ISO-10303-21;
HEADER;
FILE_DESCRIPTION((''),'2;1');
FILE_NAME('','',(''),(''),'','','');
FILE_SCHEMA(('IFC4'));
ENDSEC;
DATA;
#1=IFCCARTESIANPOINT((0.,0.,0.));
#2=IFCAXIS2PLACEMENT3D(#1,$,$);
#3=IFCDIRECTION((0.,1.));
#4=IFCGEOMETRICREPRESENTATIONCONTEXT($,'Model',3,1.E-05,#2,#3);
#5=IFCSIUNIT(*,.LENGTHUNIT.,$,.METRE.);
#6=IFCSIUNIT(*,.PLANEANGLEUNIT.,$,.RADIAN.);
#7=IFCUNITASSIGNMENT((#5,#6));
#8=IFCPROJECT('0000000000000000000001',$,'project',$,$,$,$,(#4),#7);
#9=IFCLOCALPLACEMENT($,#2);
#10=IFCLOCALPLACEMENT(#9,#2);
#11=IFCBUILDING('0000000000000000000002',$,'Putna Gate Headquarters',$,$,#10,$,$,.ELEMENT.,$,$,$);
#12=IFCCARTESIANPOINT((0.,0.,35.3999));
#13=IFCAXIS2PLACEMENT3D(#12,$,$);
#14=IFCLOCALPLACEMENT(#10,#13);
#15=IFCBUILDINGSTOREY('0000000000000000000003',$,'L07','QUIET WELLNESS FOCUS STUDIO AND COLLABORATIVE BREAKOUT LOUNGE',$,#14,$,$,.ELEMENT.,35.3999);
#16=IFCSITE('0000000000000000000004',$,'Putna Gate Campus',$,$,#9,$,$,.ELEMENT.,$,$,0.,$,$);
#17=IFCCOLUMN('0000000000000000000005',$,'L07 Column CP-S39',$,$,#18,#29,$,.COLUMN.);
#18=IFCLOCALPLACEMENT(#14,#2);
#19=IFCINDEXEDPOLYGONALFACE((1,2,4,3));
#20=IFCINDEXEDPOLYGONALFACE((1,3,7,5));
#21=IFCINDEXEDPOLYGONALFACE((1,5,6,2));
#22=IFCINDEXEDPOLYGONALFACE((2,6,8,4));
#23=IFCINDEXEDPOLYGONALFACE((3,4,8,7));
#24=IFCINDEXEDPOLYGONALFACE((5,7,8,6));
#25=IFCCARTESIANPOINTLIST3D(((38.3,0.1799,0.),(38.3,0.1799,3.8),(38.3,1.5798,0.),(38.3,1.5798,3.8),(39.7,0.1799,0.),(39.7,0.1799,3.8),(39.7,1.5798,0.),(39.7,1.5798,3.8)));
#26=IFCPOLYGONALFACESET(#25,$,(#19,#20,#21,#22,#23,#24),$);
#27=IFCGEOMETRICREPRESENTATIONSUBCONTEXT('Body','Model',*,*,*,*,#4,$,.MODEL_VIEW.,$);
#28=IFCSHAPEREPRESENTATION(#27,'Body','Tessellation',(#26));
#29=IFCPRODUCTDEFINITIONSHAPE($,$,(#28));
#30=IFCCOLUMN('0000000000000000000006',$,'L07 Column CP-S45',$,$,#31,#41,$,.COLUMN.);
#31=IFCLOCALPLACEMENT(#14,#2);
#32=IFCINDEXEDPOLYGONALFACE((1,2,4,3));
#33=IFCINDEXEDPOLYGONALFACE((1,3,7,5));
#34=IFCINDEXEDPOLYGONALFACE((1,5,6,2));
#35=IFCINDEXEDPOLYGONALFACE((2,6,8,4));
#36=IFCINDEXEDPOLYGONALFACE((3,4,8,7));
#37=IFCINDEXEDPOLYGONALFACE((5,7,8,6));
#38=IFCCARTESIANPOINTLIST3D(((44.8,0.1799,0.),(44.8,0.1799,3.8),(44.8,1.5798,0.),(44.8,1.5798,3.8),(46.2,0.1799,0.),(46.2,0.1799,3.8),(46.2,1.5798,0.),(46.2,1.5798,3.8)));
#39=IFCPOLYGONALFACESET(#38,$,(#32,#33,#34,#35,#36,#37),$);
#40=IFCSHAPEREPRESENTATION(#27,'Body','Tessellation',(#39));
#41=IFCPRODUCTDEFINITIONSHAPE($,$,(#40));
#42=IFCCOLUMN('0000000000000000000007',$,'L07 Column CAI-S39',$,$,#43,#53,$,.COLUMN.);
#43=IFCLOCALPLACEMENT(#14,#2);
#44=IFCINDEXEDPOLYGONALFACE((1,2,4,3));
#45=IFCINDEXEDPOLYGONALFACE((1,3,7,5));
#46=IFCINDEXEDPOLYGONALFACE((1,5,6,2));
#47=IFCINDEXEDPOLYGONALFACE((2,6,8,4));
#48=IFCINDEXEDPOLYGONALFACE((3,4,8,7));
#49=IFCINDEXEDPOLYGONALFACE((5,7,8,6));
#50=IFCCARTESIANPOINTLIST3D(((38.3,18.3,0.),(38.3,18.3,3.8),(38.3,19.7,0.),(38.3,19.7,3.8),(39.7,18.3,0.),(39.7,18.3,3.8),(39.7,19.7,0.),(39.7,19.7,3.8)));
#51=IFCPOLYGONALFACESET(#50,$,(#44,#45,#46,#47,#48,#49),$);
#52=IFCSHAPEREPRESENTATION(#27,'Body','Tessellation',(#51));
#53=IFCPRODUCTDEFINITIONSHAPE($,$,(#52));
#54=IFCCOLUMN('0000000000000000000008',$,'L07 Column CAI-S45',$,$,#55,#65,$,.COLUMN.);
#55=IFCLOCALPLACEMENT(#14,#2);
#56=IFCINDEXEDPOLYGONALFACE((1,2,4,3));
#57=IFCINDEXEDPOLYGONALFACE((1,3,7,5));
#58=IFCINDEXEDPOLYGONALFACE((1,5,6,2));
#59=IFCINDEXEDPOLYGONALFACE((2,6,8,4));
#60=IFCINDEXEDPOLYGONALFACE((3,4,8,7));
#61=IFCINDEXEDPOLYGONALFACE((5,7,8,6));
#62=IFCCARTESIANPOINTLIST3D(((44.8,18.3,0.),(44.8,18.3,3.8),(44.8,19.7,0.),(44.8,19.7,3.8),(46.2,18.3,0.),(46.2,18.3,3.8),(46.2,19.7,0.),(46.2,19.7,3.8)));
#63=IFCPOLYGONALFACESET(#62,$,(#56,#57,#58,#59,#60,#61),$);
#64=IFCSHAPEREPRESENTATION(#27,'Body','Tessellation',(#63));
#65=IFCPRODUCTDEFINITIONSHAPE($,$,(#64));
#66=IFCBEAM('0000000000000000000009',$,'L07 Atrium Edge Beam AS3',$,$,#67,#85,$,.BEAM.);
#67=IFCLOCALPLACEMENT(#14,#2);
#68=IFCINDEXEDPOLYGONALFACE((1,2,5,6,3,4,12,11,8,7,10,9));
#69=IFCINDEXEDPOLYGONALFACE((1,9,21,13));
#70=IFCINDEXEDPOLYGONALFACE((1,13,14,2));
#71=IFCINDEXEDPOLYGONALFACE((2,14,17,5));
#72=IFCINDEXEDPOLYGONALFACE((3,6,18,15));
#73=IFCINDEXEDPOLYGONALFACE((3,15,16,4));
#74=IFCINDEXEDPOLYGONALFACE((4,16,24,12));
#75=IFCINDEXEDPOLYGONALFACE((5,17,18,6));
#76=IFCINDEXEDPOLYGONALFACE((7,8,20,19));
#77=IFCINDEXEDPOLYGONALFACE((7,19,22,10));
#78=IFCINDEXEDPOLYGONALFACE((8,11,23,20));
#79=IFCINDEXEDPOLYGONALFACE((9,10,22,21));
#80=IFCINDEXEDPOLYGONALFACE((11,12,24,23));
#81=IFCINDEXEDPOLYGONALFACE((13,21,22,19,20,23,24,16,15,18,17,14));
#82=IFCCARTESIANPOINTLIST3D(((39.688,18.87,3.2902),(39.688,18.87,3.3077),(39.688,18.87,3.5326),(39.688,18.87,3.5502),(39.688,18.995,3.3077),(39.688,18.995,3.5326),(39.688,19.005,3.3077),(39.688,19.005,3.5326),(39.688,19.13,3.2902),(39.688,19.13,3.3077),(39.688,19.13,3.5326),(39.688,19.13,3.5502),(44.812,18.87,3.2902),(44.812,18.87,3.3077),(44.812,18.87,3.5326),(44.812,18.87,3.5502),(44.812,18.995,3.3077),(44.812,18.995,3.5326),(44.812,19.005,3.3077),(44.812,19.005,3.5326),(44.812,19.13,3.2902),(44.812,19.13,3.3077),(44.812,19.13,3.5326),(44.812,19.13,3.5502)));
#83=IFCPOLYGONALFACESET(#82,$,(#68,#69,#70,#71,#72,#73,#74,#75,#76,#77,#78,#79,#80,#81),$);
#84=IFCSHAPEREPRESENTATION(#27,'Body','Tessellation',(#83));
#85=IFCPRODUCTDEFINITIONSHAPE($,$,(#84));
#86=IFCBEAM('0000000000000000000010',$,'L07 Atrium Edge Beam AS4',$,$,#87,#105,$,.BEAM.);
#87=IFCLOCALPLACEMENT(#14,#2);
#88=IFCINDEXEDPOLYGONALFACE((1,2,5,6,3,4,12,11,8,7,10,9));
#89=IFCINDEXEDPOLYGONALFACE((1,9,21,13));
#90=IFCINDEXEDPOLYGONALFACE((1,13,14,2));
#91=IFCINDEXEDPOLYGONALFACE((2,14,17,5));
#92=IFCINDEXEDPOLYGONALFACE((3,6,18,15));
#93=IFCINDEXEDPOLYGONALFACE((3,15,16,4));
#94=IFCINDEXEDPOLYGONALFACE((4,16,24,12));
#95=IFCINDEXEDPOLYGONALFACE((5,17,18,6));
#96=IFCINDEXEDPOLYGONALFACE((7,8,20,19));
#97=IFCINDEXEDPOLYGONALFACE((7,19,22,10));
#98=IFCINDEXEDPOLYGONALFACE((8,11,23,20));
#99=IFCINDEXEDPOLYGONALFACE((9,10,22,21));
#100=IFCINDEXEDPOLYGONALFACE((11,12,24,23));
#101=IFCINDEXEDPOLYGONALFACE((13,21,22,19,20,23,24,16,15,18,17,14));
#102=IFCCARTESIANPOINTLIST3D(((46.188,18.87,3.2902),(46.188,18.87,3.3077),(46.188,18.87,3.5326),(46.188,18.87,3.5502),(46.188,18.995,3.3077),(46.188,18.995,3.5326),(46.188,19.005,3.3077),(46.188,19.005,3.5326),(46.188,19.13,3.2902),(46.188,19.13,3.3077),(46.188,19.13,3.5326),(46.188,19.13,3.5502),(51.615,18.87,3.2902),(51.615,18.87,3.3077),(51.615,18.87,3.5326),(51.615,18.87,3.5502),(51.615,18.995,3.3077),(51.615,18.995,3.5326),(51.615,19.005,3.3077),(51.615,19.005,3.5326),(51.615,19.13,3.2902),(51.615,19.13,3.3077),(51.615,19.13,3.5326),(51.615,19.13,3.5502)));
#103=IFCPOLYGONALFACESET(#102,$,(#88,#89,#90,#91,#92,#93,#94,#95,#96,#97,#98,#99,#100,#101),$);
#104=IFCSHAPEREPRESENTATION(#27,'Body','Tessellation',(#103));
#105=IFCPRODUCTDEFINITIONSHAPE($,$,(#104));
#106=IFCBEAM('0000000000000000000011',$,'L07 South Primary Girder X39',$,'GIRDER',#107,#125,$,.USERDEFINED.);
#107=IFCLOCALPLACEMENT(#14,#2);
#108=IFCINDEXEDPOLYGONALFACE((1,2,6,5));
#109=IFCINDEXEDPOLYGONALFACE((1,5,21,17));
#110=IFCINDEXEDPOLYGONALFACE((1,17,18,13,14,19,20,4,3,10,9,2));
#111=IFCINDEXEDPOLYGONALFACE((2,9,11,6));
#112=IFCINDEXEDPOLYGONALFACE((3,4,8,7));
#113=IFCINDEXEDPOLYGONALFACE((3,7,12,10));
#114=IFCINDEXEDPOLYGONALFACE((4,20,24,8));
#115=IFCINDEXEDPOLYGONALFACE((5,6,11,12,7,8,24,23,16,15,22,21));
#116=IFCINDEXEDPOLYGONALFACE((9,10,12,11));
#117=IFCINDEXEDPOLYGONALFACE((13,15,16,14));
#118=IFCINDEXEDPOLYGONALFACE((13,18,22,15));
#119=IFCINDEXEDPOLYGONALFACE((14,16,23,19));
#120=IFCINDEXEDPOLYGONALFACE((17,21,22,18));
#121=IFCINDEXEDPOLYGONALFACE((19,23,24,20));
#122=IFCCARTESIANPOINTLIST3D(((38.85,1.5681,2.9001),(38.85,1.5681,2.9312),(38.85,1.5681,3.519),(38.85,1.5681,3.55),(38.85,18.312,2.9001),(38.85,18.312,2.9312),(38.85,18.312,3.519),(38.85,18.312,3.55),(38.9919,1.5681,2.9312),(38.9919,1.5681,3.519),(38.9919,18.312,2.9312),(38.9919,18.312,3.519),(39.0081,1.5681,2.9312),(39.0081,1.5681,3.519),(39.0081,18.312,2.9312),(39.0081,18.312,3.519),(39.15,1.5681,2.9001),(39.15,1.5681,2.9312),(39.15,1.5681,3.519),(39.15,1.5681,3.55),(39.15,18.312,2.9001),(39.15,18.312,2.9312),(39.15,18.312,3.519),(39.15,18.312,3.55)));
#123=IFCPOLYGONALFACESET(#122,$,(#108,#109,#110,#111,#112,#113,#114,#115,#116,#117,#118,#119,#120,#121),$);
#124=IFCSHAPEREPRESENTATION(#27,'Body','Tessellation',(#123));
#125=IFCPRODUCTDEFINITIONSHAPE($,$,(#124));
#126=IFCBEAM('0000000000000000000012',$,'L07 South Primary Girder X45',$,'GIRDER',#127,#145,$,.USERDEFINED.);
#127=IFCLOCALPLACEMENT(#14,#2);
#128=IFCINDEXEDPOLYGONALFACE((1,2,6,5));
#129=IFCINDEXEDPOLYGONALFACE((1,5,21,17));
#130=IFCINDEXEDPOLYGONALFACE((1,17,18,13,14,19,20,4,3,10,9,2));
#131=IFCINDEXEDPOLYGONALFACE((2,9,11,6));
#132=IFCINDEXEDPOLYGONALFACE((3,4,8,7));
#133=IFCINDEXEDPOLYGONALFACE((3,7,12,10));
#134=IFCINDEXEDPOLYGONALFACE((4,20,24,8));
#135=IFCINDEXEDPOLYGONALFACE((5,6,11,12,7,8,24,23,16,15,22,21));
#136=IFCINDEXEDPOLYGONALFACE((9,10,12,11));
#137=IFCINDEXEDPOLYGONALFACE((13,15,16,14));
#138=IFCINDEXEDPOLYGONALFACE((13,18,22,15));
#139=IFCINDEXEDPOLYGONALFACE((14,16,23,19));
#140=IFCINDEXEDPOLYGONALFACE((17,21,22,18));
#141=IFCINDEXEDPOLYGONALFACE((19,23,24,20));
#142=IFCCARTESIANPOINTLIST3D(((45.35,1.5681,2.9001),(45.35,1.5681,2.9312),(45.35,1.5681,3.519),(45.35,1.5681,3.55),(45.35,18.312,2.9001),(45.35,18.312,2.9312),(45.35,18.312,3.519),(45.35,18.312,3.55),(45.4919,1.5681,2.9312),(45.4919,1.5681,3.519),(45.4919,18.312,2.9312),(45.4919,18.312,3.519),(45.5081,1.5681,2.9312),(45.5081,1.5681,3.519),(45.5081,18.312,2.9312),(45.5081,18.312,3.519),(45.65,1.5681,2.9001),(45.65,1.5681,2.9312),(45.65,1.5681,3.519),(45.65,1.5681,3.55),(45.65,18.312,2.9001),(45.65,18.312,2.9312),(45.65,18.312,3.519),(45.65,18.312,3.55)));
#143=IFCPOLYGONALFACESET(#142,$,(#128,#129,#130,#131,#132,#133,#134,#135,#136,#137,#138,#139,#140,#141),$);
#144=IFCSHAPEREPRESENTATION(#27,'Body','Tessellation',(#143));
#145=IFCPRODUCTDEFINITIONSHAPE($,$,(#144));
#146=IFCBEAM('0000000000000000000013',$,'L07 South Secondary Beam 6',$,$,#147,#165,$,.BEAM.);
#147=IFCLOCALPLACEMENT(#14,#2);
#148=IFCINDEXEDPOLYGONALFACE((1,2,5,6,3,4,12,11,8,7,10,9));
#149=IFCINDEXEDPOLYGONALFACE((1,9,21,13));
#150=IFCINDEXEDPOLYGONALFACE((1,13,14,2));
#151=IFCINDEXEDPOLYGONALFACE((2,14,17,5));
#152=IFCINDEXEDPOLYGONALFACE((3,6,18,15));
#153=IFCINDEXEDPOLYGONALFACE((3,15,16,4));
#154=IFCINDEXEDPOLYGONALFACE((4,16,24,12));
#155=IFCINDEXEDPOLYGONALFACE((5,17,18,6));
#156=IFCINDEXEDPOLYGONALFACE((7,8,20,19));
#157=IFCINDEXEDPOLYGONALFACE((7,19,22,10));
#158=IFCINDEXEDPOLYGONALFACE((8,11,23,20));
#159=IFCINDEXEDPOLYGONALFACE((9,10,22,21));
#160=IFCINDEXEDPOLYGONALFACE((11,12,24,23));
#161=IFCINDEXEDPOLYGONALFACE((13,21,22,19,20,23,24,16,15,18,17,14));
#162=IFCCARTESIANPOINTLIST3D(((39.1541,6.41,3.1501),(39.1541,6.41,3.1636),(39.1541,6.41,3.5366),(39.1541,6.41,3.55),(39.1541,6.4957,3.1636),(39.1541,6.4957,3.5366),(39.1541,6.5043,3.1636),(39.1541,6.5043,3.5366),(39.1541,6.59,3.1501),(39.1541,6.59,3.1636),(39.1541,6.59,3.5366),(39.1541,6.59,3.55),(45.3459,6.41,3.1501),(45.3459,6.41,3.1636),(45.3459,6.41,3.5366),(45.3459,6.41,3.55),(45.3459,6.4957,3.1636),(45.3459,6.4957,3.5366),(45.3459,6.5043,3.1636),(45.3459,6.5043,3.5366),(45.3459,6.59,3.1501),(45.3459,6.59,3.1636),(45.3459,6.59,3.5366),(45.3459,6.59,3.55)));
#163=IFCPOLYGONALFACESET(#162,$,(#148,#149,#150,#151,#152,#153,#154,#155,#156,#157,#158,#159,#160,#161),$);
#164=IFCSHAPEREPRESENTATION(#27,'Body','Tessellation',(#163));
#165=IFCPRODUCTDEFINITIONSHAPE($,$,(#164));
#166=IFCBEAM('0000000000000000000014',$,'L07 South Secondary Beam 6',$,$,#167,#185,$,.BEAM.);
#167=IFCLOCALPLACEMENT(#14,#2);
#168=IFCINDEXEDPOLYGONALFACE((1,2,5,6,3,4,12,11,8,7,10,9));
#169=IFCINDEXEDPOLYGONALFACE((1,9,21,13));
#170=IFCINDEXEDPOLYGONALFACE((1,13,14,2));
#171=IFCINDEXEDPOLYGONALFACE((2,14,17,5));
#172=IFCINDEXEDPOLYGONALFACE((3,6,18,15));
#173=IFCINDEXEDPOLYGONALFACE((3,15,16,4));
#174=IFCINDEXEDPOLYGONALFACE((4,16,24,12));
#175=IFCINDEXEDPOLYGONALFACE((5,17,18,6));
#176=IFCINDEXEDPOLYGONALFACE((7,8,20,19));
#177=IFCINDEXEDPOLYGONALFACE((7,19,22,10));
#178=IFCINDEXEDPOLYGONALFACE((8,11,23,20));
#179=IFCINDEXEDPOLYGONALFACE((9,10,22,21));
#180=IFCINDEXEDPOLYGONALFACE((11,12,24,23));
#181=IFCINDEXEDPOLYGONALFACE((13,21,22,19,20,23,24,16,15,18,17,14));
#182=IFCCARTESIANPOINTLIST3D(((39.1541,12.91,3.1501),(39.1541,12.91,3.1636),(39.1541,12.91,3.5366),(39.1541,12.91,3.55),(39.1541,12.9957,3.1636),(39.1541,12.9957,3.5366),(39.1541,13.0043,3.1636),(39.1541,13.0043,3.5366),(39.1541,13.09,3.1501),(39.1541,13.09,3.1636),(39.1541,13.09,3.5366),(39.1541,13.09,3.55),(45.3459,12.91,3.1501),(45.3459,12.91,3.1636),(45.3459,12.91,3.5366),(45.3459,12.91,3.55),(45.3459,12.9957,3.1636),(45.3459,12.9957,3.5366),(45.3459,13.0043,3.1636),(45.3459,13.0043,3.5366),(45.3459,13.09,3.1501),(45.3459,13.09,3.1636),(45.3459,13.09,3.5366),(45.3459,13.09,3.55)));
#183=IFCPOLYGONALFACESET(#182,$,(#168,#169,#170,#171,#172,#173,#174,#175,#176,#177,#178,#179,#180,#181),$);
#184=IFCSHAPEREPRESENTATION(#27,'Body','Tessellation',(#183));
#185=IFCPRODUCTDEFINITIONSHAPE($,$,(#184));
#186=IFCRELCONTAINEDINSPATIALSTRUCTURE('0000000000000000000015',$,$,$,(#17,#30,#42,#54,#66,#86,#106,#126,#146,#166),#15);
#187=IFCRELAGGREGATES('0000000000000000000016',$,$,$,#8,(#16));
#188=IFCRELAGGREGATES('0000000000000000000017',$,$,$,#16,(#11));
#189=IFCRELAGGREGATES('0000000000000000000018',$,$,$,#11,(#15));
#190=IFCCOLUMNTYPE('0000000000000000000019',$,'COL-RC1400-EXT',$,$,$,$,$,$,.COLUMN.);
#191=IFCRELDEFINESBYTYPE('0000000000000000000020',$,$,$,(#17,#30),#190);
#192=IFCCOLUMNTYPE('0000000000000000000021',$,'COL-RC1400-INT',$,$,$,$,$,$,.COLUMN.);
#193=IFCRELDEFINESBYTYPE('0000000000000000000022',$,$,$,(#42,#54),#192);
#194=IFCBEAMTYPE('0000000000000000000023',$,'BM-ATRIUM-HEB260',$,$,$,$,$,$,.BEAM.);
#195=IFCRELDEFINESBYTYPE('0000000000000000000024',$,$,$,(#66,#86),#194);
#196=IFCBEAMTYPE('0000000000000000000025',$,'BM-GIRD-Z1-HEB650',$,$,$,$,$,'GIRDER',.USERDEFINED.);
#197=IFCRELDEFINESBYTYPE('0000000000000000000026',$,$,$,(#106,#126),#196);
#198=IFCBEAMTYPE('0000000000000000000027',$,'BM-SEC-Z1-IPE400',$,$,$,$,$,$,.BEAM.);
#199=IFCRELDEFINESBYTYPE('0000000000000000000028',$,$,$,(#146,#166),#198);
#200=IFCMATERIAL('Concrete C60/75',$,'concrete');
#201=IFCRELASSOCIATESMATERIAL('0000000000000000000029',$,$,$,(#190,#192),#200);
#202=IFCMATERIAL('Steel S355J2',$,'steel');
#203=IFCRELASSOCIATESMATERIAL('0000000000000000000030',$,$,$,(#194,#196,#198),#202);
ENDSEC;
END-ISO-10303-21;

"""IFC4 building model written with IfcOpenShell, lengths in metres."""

from ifc_helpers import new_model, si_unit, direction, frame, origin, origin_2d, place, context, subcontext, project, spatial, rectangle, i_section, extrude, material, material_profile, profile_set, type_object, element, save


model = new_model("IFC4")

# Units and contexts
model_context = context("Model", 3, precision=1e-05, world=origin(), true_north=direction((0.0, 1.0)))
body_context = subcontext(model_context, "Body", "Model", "MODEL_VIEW")
ifc_project = project(units=[si_unit("LENGTHUNIT", "METRE"), si_unit("PLANEANGLEUNIT", "RADIAN")], contexts=[model_context])

# Site, building, storey
site_placement = place(None, origin())
site = spatial("IfcSite", under=ifc_project, at=site_placement, Name="Putna Gate Campus", CompositionType="ELEMENT", RefElevation=0.0)
building_placement = place(site_placement, origin())
building = spatial("IfcBuilding", under=site, at=building_placement, Name="Putna Gate Headquarters", CompositionType="ELEMENT")
storey_placement = place(building_placement, frame((0.0, 0.0, 35.3999)))
storey = spatial("IfcBuildingStorey", under=building, at=storey_placement, Name="L07", Description="QUIET WELLNESS FOCUS STUDIO AND COLLABORATIVE BREAKOUT LOUNGE", CompositionType="ELEMENT", Elevation=35.3999)

# Columns
ifc_material_1 = material(Name="Concrete C60/75", Category="concrete")
ifc_material_profile_1 = material_profile(ifc_material_1, rectangle(XDim=1.3999, YDim=1.3999, at=origin_2d()), Name="Concrete C60/75")
ifc_profile_set_1 = profile_set([ifc_material_profile_1], Name="Concrete C60/75")
column_type_1 = type_object("IfcColumnType", Name="COL-RC1400-EXT", PredefinedType="COLUMN", material=ifc_profile_set_1)
for number, where, z_axis, x_axis, name in (
    (1, (39.0, 0.8799, 0.0), (0.0, 0.0, 1.0), (1.0, 0.0, 0.0), "L07 Column CP-S39"),
    (2, (45.5, 0.8799, 0.0), (0.0, 0.0, 1.0), (1.0, 0.0, 0.0), "L07 Column CP-S45"),
):
    element("IfcColumn", number, at=place(storey_placement, frame(where, z_axis=z_axis, x_axis=x_axis)), inside=storey, type_object=column_type_1, Name=name, PredefinedType="COLUMN", context=body_context, shape_type="SweptSolid", body=[
        extrude(rectangle(XDim=1.3999, YDim=1.3999, at=origin_2d()), origin(), (0.0, 0.0, 1.0), 3.8),
    ])
ifc_material_profile_2 = material_profile(ifc_material_1, rectangle(XDim=1.3999, YDim=1.3999, at=origin_2d()), Name="Concrete C60/75")
ifc_profile_set_2 = profile_set([ifc_material_profile_2], Name="Concrete C60/75")
column_type_2 = type_object("IfcColumnType", Name="COL-RC1400-INT", PredefinedType="COLUMN", material=ifc_profile_set_2)
for number, where, z_axis, x_axis, name in (
    (3, (39.0, 19.0, 0.0), (0.0, 0.0, 1.0), (1.0, 0.0, 0.0), "L07 Column CAI-S39"),
    (4, (45.5, 19.0, 0.0), (0.0, 0.0, 1.0), (1.0, 0.0, 0.0), "L07 Column CAI-S45"),
):
    element("IfcColumn", number, at=place(storey_placement, frame(where, z_axis=z_axis, x_axis=x_axis)), inside=storey, type_object=column_type_2, Name=name, PredefinedType="COLUMN", context=body_context, shape_type="SweptSolid", body=[
        extrude(rectangle(XDim=1.3999, YDim=1.3999, at=origin_2d()), origin(), (0.0, 0.0, 1.0), 3.8),
    ])

# Beams
ifc_material_2 = material(Name="Steel S355J2", Category="steel")
ifc_material_profile_3 = material_profile(ifc_material_2, i_section(OverallWidth=0.26, OverallDepth=0.26, WebThickness=0.01, FlangeThickness=0.0176, at=origin_2d()), Name="Steel S355J2")
ifc_profile_set_3 = profile_set([ifc_material_profile_3], Name="Steel S355J2")
beam_type_1 = type_object("IfcBeamType", Name="BM-ATRIUM-HEB260", PredefinedType="BEAM", material=ifc_profile_set_3)
beam_1_placement = place(storey_placement, frame((39.688, 19.0, 3.4202), z_axis=(1.0, 0.0, 0.0), x_axis=(0.0, 1.0, 0.0)))
element("IfcBeam", 5, at=beam_1_placement, inside=storey, type_object=beam_type_1, Name="L07 Atrium Edge Beam AS3", PredefinedType="BEAM", context=body_context, shape_type="SweptSolid", body=[
    extrude(i_section(OverallWidth=0.26, OverallDepth=0.26, WebThickness=0.01, FlangeThickness=0.0176, at=origin_2d()), origin(), (0.0, 0.0, 1.0), 5.124),
])
beam_2_placement = place(storey_placement, frame((46.188, 19.0, 3.4202), z_axis=(1.0, 0.0, 0.0), x_axis=(0.0, 1.0, 0.0)))
element("IfcBeam", 6, at=beam_2_placement, inside=storey, type_object=beam_type_1, Name="L07 Atrium Edge Beam AS4", PredefinedType="BEAM", context=body_context, shape_type="SweptSolid", body=[
    extrude(i_section(OverallWidth=0.26, OverallDepth=0.26, WebThickness=0.01, FlangeThickness=0.0176, at=origin_2d()), origin(), (0.0, 0.0, 1.0), 5.427),
])
ifc_material_profile_4 = material_profile(ifc_material_2, i_section(OverallWidth=0.3, OverallDepth=0.6499, WebThickness=0.0161, FlangeThickness=0.031, at=origin_2d()), Name="Steel S355J2")
ifc_profile_set_4 = profile_set([ifc_material_profile_4], Name="Steel S355J2")
beam_type_2 = type_object("IfcBeamType", Name="BM-GIRD-Z1-HEB650", ElementType="GIRDER", PredefinedType="USERDEFINED", material=ifc_profile_set_4)
for number, where, z_axis, x_axis, name in (
    (7, (39.0, 1.5681, 3.2251), (0.0, 1.0, 0.0), (-1.0, 0.0, 0.0), "L07 South Primary Girder X39"),
    (8, (45.5, 1.5681, 3.2251), (0.0, 1.0, 0.0), (-1.0, 0.0, 0.0), "L07 South Primary Girder X45"),
):
    element("IfcBeam", number, at=place(storey_placement, frame(where, z_axis=z_axis, x_axis=x_axis)), inside=storey, type_object=beam_type_2, Name=name, ObjectType="GIRDER", PredefinedType="USERDEFINED", context=body_context, shape_type="SweptSolid", body=[
        extrude(i_section(OverallWidth=0.3, OverallDepth=0.6499, WebThickness=0.0161, FlangeThickness=0.031, at=origin_2d()), origin(), (0.0, 0.0, 1.0), 16.7439),
    ])
ifc_material_profile_5 = material_profile(ifc_material_2, i_section(OverallWidth=0.1799, OverallDepth=0.3999, WebThickness=0.0085, FlangeThickness=0.0134, at=origin_2d()), Name="Steel S355J2")
ifc_profile_set_5 = profile_set([ifc_material_profile_5], Name="Steel S355J2")
beam_type_3 = type_object("IfcBeamType", Name="BM-SEC-Z1-IPE400", PredefinedType="BEAM", material=ifc_profile_set_5)
for number, where, z_axis, x_axis, name in (
    (9, (39.1541, 6.5, 3.3501), (1.0, 0.0, 0.0), (0.0, 1.0, 0.0), "L07 South Secondary Beam 6"),
    (10, (39.1541, 13.0, 3.3501), (1.0, 0.0, 0.0), (0.0, 1.0, 0.0), "L07 South Secondary Beam 6"),
):
    element("IfcBeam", number, at=place(storey_placement, frame(where, z_axis=z_axis, x_axis=x_axis)), inside=storey, type_object=beam_type_3, Name=name, PredefinedType="BEAM", context=body_context, shape_type="SweptSolid", body=[
        extrude(i_section(OverallWidth=0.1799, OverallDepth=0.3999, WebThickness=0.0085, FlangeThickness=0.0134, at=origin_2d()), origin(), (0.0, 0.0, 1.0), 6.1919),
    ])

save(model, "model.ifc")
